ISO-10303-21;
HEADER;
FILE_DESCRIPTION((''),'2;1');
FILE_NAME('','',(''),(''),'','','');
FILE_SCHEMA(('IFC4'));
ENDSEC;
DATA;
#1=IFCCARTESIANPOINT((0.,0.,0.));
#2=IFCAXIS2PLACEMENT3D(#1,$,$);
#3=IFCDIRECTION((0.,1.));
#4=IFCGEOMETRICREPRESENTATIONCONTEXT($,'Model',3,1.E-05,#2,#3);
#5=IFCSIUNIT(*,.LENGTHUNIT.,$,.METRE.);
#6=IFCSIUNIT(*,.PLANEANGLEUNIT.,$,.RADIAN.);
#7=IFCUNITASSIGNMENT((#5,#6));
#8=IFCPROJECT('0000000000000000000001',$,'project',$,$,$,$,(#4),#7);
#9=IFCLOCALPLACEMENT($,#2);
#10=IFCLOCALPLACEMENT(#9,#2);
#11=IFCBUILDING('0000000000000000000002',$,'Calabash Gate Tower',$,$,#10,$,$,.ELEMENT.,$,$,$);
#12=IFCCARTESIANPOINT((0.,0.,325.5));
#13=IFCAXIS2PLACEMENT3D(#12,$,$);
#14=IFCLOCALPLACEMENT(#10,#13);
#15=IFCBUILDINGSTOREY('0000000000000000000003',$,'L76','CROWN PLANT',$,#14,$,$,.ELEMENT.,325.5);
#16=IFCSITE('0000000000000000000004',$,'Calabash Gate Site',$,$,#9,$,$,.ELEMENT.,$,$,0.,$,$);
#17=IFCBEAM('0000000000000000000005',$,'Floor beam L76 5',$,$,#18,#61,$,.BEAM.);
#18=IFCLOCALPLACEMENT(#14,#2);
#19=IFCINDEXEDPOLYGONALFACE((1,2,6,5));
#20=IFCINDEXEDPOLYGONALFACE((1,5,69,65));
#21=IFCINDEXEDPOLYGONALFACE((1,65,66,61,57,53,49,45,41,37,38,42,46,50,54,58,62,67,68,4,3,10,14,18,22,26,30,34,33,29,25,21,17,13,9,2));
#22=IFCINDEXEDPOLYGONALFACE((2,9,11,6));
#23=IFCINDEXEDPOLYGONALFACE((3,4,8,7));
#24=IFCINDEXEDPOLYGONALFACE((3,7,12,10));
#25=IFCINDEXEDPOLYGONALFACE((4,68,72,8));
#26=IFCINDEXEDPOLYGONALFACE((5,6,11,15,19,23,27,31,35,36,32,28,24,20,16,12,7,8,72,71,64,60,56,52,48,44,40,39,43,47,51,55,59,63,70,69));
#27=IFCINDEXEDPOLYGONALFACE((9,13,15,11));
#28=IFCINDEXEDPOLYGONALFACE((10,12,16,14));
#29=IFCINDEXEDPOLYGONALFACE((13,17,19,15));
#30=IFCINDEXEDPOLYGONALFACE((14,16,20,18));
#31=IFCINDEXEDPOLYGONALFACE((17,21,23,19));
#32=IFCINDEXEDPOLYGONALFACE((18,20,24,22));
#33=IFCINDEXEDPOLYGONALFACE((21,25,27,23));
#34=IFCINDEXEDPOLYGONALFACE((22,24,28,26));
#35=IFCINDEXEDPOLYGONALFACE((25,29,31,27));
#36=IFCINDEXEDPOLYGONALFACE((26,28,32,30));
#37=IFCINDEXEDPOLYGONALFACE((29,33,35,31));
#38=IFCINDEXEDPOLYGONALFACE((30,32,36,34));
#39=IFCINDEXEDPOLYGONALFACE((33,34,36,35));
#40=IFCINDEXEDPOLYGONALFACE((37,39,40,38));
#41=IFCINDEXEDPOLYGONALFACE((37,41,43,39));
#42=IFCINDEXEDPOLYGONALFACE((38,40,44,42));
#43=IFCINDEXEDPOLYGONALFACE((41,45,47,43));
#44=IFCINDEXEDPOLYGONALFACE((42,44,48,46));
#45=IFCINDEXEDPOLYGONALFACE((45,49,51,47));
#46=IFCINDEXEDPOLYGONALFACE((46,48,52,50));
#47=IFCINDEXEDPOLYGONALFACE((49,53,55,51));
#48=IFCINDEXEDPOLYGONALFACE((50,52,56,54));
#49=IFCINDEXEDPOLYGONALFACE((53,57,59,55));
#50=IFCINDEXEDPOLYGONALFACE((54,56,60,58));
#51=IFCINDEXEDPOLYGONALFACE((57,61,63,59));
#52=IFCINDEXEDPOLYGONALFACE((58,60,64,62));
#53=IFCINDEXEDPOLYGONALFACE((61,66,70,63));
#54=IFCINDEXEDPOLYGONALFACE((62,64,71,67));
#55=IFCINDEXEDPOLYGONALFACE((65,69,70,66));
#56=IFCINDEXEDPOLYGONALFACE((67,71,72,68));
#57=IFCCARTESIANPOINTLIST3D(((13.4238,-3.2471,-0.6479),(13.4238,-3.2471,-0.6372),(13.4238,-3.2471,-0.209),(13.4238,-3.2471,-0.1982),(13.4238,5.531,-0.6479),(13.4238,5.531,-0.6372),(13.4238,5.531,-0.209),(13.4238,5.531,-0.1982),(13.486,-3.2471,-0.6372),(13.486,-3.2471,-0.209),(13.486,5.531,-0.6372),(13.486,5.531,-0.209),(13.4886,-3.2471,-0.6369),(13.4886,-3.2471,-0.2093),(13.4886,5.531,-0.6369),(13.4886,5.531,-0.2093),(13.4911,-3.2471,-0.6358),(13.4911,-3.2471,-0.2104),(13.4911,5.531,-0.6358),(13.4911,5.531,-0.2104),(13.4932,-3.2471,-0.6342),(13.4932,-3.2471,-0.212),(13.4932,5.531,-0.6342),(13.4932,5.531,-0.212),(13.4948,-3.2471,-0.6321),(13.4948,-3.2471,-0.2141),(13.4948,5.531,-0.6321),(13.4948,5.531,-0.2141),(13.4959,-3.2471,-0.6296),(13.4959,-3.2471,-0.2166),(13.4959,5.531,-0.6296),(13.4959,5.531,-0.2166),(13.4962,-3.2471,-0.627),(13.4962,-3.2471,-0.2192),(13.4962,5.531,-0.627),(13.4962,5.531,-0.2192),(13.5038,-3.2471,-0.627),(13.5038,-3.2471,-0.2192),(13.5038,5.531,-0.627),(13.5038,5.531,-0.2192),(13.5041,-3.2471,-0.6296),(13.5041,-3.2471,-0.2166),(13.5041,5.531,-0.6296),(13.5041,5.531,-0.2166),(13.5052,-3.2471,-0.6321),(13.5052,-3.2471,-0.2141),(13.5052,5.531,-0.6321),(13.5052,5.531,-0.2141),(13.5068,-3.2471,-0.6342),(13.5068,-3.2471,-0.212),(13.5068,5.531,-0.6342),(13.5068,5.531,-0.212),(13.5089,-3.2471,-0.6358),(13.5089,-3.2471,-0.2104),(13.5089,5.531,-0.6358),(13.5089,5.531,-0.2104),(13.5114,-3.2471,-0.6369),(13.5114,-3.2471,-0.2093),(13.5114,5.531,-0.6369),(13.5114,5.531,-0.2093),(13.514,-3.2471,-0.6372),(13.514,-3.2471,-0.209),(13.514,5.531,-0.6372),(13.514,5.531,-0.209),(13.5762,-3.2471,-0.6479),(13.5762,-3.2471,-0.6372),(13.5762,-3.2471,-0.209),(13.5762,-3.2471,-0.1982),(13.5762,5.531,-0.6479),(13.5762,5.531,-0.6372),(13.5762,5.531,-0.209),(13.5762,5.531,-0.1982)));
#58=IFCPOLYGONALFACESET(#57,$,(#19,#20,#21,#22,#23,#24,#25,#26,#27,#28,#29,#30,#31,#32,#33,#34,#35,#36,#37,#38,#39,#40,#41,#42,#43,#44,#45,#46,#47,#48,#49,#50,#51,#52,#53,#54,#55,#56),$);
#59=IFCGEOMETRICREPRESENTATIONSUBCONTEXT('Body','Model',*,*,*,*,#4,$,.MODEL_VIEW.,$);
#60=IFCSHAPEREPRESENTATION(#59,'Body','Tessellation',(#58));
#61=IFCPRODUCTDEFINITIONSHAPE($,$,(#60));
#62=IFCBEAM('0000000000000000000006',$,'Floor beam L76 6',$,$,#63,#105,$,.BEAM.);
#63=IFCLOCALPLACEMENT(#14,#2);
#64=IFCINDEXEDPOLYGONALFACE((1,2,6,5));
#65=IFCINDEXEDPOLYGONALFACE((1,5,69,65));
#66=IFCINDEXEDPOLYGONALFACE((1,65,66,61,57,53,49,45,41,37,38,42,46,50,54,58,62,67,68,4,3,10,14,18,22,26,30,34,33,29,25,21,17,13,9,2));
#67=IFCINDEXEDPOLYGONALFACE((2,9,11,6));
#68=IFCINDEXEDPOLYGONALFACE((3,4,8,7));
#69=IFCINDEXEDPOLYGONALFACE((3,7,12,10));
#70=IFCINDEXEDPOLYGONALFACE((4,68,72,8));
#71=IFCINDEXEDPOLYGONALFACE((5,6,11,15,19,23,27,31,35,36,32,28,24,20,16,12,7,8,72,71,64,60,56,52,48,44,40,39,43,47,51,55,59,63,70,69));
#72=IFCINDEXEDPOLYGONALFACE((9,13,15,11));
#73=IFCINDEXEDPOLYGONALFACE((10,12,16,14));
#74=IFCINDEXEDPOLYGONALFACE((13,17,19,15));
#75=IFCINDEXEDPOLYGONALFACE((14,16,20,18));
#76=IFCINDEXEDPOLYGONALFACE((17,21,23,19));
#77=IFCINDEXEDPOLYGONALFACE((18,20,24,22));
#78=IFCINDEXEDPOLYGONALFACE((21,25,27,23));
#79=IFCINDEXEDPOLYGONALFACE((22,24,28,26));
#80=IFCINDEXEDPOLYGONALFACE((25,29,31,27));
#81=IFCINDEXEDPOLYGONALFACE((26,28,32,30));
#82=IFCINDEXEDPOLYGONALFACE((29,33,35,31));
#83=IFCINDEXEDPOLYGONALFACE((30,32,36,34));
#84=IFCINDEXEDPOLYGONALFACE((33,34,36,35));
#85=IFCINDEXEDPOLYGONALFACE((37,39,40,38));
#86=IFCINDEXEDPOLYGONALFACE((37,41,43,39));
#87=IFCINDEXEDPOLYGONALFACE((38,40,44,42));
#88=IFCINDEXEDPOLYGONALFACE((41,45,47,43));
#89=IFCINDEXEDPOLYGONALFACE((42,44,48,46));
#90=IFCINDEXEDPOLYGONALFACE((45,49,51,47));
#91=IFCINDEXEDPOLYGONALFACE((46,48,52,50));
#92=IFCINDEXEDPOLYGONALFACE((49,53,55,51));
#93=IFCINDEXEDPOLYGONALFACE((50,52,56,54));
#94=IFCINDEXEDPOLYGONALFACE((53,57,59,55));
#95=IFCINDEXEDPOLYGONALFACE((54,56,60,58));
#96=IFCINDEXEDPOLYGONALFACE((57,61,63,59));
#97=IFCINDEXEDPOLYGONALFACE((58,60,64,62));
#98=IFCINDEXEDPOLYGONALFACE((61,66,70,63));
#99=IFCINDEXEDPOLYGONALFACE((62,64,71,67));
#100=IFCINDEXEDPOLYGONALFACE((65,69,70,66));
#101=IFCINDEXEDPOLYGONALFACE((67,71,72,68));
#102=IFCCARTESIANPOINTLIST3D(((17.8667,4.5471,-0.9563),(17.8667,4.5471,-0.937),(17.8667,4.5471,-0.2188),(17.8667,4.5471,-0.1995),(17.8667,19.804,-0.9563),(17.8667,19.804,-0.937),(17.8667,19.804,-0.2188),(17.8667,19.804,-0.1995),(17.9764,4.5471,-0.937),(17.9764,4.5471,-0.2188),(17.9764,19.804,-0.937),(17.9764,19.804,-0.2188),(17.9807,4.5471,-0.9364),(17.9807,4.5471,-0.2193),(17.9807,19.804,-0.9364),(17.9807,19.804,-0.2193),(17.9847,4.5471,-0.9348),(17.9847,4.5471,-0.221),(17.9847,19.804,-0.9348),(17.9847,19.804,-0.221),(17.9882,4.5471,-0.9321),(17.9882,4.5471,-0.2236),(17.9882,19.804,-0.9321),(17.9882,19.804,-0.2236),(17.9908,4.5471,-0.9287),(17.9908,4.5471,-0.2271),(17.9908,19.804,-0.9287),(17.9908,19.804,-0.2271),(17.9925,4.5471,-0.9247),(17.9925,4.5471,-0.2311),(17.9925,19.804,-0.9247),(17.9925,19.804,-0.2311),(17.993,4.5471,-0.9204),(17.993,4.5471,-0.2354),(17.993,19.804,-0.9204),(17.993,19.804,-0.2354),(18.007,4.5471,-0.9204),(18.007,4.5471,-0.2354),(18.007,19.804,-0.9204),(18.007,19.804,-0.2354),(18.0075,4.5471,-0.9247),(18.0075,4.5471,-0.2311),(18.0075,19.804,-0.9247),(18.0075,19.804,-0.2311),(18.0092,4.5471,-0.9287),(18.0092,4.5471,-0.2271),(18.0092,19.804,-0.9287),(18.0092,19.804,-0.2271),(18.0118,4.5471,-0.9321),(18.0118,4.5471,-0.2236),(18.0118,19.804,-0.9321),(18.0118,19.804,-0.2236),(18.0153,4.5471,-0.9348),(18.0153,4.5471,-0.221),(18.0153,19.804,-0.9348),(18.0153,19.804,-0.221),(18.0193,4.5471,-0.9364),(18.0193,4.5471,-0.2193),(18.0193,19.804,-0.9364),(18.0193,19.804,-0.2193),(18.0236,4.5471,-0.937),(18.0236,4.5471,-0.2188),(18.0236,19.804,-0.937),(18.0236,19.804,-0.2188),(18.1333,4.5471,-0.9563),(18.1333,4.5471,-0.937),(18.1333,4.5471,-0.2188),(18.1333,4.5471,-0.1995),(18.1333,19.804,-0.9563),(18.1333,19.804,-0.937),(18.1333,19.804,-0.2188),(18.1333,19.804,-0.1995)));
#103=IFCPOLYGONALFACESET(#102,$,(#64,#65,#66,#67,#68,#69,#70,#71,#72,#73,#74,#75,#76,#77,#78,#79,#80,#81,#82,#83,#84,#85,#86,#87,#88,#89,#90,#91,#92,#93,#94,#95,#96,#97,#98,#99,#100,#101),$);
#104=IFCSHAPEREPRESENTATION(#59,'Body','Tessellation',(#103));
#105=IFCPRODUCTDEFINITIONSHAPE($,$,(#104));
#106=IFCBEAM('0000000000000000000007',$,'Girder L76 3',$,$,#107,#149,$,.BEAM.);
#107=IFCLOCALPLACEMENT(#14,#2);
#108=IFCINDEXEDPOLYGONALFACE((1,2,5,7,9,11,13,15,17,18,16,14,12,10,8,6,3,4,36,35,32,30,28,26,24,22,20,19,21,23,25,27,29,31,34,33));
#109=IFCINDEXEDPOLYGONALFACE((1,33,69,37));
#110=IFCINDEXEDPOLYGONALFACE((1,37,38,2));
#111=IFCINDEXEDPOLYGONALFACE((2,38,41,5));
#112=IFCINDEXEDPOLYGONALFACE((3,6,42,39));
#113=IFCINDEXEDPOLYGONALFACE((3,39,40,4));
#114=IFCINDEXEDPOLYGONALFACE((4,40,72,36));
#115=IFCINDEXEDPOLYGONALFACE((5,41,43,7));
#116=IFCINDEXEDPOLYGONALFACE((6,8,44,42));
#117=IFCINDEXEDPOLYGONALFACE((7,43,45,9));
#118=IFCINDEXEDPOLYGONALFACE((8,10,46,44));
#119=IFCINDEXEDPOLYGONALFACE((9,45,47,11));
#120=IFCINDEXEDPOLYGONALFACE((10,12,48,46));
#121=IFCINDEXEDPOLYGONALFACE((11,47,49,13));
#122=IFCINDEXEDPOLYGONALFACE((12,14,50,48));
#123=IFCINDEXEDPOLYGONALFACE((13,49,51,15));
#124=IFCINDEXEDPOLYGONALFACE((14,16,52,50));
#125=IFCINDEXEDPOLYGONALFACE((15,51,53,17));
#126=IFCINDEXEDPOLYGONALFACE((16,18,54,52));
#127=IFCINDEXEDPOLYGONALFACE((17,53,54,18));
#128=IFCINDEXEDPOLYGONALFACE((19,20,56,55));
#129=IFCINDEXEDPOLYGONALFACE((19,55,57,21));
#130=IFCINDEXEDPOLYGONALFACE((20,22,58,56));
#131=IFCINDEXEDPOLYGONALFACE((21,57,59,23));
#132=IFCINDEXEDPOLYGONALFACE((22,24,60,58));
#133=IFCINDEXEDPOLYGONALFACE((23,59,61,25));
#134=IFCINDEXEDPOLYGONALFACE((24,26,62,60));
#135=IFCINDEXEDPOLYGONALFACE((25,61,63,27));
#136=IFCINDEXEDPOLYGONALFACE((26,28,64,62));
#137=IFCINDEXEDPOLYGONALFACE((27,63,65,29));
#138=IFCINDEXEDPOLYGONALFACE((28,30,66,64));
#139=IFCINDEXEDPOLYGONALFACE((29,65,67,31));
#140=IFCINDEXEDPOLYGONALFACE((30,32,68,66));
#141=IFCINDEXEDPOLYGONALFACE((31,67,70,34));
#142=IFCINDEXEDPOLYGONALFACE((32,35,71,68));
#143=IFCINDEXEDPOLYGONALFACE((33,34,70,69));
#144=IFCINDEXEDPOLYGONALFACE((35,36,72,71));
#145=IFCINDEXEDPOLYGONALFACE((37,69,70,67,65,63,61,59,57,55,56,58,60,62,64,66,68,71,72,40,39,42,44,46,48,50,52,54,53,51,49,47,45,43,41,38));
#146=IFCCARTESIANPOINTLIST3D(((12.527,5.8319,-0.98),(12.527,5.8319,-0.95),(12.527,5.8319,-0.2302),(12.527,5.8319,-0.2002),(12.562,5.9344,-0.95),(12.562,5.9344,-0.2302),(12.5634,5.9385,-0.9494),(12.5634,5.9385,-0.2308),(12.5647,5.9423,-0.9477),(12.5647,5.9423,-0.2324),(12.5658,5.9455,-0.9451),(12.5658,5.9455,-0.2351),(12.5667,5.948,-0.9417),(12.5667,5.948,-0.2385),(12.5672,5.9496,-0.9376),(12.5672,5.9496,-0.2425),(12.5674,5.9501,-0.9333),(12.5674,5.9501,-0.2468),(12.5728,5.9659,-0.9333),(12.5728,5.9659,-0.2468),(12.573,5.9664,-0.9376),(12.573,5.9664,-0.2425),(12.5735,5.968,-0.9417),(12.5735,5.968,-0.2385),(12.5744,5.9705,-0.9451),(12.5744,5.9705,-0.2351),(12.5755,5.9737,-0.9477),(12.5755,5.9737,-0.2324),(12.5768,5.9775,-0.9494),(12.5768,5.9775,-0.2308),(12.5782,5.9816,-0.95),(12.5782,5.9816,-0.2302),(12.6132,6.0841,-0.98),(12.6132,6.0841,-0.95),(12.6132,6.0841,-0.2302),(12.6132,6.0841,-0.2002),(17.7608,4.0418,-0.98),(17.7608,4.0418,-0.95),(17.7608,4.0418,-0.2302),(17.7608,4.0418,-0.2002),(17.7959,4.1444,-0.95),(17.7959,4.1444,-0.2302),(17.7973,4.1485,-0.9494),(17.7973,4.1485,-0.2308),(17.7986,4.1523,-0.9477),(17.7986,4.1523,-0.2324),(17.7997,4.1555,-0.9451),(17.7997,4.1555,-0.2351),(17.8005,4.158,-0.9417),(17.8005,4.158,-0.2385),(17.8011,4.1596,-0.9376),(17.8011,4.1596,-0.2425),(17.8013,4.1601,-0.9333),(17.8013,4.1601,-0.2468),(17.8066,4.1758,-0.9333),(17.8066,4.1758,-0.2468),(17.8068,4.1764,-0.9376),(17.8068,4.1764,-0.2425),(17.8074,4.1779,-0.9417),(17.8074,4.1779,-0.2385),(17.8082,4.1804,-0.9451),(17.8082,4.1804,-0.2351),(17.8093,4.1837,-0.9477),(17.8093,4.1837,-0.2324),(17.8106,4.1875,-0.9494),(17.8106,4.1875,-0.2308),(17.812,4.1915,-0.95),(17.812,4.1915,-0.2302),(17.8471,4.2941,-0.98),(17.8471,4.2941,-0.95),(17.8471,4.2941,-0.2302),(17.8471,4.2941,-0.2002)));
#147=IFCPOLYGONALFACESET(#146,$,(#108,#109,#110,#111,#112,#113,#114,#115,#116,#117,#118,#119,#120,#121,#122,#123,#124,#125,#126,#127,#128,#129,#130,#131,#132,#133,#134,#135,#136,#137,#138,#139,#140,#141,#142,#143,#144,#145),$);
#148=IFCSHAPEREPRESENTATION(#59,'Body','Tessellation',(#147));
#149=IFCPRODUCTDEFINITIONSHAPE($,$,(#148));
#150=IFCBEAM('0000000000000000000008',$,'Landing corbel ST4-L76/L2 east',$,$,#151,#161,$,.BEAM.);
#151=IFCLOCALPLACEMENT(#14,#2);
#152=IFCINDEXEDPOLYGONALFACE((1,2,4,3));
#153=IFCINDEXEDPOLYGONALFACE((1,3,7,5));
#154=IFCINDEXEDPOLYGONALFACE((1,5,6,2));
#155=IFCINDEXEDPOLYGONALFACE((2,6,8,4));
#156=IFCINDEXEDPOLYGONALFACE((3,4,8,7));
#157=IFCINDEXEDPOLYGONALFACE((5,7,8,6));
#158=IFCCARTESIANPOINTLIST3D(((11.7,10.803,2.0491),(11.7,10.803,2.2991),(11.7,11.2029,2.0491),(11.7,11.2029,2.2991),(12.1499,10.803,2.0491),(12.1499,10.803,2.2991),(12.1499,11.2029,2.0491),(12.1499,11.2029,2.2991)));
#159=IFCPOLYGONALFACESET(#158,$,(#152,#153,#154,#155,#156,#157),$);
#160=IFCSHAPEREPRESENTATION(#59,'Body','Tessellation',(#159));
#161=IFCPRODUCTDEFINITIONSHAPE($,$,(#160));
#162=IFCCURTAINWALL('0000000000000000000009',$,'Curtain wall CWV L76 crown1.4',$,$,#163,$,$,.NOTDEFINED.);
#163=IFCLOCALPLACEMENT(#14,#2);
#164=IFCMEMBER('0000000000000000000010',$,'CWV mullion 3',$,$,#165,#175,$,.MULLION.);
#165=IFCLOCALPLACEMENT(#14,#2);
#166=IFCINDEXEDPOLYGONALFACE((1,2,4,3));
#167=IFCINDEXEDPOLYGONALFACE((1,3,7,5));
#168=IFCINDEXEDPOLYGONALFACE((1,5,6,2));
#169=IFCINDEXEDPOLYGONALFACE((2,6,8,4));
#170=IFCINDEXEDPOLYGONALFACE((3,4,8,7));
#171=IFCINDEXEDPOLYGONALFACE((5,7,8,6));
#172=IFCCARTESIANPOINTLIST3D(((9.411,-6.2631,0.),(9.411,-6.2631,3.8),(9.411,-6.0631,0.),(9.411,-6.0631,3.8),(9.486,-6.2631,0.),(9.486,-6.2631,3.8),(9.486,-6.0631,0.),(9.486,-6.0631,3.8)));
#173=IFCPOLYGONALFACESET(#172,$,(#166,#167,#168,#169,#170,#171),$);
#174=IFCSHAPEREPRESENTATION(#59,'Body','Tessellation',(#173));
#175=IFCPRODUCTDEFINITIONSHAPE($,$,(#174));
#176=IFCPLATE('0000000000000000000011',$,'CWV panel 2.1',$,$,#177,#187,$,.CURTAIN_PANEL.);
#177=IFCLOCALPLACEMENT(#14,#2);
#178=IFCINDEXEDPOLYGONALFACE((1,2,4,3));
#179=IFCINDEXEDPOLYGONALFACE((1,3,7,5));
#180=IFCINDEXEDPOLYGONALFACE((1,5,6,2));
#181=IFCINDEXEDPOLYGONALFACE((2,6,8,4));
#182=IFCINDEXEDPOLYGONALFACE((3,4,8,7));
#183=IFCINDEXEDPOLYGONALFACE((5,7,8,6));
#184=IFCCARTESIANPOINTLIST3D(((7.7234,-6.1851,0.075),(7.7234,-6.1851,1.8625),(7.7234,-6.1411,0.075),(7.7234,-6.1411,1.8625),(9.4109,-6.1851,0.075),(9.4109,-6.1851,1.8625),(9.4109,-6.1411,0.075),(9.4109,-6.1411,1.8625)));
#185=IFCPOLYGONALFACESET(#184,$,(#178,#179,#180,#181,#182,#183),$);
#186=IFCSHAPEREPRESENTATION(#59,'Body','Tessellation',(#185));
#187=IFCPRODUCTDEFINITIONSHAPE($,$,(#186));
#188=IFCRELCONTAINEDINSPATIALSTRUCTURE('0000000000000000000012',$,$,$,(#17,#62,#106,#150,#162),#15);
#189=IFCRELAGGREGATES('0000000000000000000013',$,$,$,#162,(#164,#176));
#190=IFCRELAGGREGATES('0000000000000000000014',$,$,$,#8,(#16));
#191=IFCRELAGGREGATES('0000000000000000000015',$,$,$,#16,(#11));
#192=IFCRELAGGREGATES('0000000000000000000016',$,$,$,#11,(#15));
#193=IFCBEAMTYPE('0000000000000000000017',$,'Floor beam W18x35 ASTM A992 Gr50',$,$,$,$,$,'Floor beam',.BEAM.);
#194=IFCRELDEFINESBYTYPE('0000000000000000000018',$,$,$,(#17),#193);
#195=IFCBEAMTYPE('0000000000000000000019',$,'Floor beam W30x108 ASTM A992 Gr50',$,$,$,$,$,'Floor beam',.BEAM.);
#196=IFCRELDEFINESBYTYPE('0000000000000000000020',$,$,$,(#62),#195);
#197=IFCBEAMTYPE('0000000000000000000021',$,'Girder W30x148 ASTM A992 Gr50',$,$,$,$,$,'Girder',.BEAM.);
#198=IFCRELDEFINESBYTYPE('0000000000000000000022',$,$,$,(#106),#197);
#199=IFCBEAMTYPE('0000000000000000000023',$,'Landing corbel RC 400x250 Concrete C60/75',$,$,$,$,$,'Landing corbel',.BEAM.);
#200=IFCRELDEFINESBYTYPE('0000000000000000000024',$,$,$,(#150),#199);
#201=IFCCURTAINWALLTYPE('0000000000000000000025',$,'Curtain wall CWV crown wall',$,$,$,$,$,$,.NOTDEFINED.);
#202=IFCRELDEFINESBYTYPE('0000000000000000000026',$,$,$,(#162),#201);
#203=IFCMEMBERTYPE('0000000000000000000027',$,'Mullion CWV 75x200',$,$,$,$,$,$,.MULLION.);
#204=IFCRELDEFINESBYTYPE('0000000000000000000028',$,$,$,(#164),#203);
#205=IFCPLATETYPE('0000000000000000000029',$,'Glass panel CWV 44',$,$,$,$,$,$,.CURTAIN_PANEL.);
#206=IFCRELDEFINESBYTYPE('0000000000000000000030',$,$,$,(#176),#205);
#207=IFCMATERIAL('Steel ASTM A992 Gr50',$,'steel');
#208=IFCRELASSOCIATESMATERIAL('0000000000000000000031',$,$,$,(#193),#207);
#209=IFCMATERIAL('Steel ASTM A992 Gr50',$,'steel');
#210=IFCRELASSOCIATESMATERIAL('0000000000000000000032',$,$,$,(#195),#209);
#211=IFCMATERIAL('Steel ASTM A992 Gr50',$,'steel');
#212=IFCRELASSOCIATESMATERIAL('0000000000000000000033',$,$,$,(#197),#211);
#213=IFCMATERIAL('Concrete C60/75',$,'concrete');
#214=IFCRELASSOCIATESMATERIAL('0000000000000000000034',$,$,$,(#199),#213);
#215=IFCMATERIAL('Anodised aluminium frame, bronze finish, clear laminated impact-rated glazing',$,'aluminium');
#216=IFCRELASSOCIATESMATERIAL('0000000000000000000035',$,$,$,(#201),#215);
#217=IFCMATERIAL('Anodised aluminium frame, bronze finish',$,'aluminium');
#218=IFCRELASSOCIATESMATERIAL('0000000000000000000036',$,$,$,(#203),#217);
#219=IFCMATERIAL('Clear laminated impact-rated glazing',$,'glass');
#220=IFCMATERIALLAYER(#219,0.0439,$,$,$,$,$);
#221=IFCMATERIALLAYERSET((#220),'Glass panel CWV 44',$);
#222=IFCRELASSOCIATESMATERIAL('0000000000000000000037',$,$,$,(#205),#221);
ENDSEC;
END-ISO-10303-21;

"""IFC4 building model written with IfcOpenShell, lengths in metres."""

from ifc_helpers import new_model, si_unit, direction, frame, origin, origin_2d, place, context, subcontext, project, spatial, rectangle, i_section, extrude, material, layer, layer_set, material_profile, profile_set, type_object, element, aggregate, save


model = new_model("IFC4")

# Units and contexts
model_context = context("Model", 3, precision=1e-05, world=origin(), true_north=direction((0.0, 1.0)))
body_context = subcontext(model_context, "Body", "Model", "MODEL_VIEW")
ifc_project = project(units=[si_unit("LENGTHUNIT", "METRE"), si_unit("PLANEANGLEUNIT", "RADIAN")], contexts=[model_context])

# Site, building, storey
site_placement = place(None, origin())
site = spatial("IfcSite", under=ifc_project, at=site_placement, Name="Calabash Gate Site", CompositionType="ELEMENT", RefElevation=0.0)
building_placement = place(site_placement, origin())
building = spatial("IfcBuilding", under=site, at=building_placement, Name="Calabash Gate Tower", CompositionType="ELEMENT")
storey_placement = place(building_placement, frame((0.0, 0.0, 325.5)))
storey = spatial("IfcBuildingStorey", under=building, at=storey_placement, Name="L76", Description="CROWN PLANT", CompositionType="ELEMENT", Elevation=325.5)

# Beams
ifc_material_1 = material(Name="Steel ASTM A992 Gr50", Category="steel")
ifc_material_profile_1 = material_profile(ifc_material_1, i_section(OverallWidth=0.1523, OverallDepth=0.4497, WebThickness=0.0076, FlangeThickness=0.0107, FilletRadius=0.0103, at=origin_2d()))
ifc_profile_set_1 = profile_set([ifc_material_profile_1], Name="Steel ASTM A992 Gr50")
beam_type_1 = type_object("IfcBeamType", Name="Floor beam W18x35 ASTM A992 Gr50", ElementType="Floor beam", PredefinedType="BEAM", material=ifc_profile_set_1)
beam_1_placement = place(storey_placement, frame((13.5, -3.2471, -0.4231), z_axis=(0.0, 1.0, 0.0), x_axis=(-1.0, 0.0, 0.0)))
element("IfcBeam", 1, at=beam_1_placement, inside=storey, type_object=beam_type_1, Name="Floor beam L76 5", PredefinedType="BEAM", context=body_context, shape_type="SweptSolid", body=[
    extrude(i_section(OverallWidth=0.1523, OverallDepth=0.4497, WebThickness=0.0076, FlangeThickness=0.0107, FilletRadius=0.0103, at=origin_2d()), origin(), (0.0, 0.0, 1.0), 8.7781),
])
ifc_material_2 = material(Name="Steel ASTM A992 Gr50", Category="steel")
ifc_material_profile_2 = material_profile(ifc_material_2, i_section(OverallWidth=0.2666, OverallDepth=0.7568, WebThickness=0.0139, FlangeThickness=0.0193, FilletRadius=0.0166, at=origin_2d()))
ifc_profile_set_2 = profile_set([ifc_material_profile_2], Name="Steel ASTM A992 Gr50")
beam_type_2 = type_object("IfcBeamType", Name="Floor beam W30x108 ASTM A992 Gr50", ElementType="Floor beam", PredefinedType="BEAM", material=ifc_profile_set_2)
beam_2_placement = place(storey_placement, frame((18.0, 4.5471, -0.5779), z_axis=(0.0, 1.0, 0.0), x_axis=(-1.0, 0.0, 0.0)))
element("IfcBeam", 2, at=beam_2_placement, inside=storey, type_object=beam_type_2, Name="Floor beam L76 6", PredefinedType="BEAM", context=body_context, shape_type="SweptSolid", body=[
    extrude(i_section(OverallWidth=0.2666, OverallDepth=0.7568, WebThickness=0.0139, FlangeThickness=0.0193, FilletRadius=0.0166, at=origin_2d()), origin(), (0.0, 0.0, 1.0), 15.2568),
])
ifc_material_3 = material(Name="Steel ASTM A992 Gr50", Category="steel")
ifc_material_profile_3 = material_profile(ifc_material_3, i_section(OverallWidth=0.2666, OverallDepth=0.7798, WebThickness=0.0166, FlangeThickness=0.03, FilletRadius=0.0166, at=origin_2d()))
ifc_profile_set_3 = profile_set([ifc_material_profile_3], Name="Steel ASTM A992 Gr50")
beam_type_3 = type_object("IfcBeamType", Name="Girder W30x148 ASTM A992 Gr50", ElementType="Girder", PredefinedType="BEAM", material=ifc_profile_set_3)
beam_3_placement = place(storey_placement, frame((17.804, 4.168, -0.5901), z_axis=(-0.946192, 0.323607, 0.0), x_axis=(-0.323607, -0.946192, 0.0)))
element("IfcBeam", 3, at=beam_3_placement, inside=storey, type_object=beam_type_3, Name="Girder L76 3", PredefinedType="BEAM", context=body_context, shape_type="SweptSolid", body=[
    extrude(i_section(OverallWidth=0.2666, OverallDepth=0.7798, WebThickness=0.0166, FlangeThickness=0.03, FilletRadius=0.0166, at=origin_2d()), origin(), (0.0, 0.0, 1.0), 5.5315),
])
ifc_material_4 = material(Name="Concrete C60/75", Category="concrete")
ifc_material_profile_4 = material_profile(ifc_material_4, rectangle(XDim=0.3999, YDim=0.25, at=origin_2d()))
ifc_profile_set_4 = profile_set([ifc_material_profile_4], Name="Concrete C60/75")
beam_type_4 = type_object("IfcBeamType", Name="Landing corbel RC 400x250 Concrete C60/75", ElementType="Landing corbel", PredefinedType="BEAM", material=ifc_profile_set_4)
beam_4_placement = place(storey_placement, frame((12.1499, 11.0029, 2.1741), z_axis=(-1.0, 0.0, 0.0), x_axis=(0.0, -1.0, 0.0)))
element("IfcBeam", 4, at=beam_4_placement, inside=storey, type_object=beam_type_4, Name="Landing corbel ST4-L76/L2 east", PredefinedType="BEAM", context=body_context, shape_type="SweptSolid", body=[
    extrude(rectangle(XDim=0.3999, YDim=0.25, at=origin_2d()), origin(), (0.0, 0.0, 1.0), 0.45),
])

# Curtain wall, member, plate
ifc_material_5 = material(Name="Anodised aluminium frame, bronze finish, clear laminated impact-rated glazing", Category="aluminium")
curtain_wall_type = type_object("IfcCurtainWallType", Name="Curtain wall CWV crown wall", PredefinedType="NOTDEFINED", material=ifc_material_5)
curtain_wall_placement = place(storey_placement, origin())
curtain_wall = element("IfcCurtainWall", 5, at=curtain_wall_placement, inside=storey, type_object=curtain_wall_type, Name="Curtain wall CWV L76 crown1.4", PredefinedType="NOTDEFINED")
ifc_material_6 = material(Name="Anodised aluminium frame, bronze finish", Category="aluminium")
ifc_material_profile_5 = material_profile(ifc_material_6, rectangle(XDim=0.2, YDim=0.075, at=origin_2d()))
ifc_profile_set_5 = profile_set([ifc_material_profile_5], Name="Anodised aluminium frame, bronze finish")
member_type = type_object("IfcMemberType", Name="Mullion CWV 75x200", PredefinedType="MULLION", material=ifc_profile_set_5)
member_placement = place(storey_placement, frame((9.4485, -6.1631, 0.0), z_axis=(0.0, 0.0, 1.0), x_axis=(0.0, 1.0, 0.0)))
member = element("IfcMember", 6, at=member_placement, type_object=member_type, Name="CWV mullion 3", PredefinedType="MULLION", context=body_context, shape_type="SweptSolid", body=[
    extrude(rectangle(XDim=0.2, YDim=0.075, at=origin_2d()), origin(), (0.0, 0.0, 1.0), 3.8),
])
ifc_material_7 = material(Name="Clear laminated impact-rated glazing", Category="glass")
ifc_layer_1 = layer(ifc_material_7, 0.0439)
ifc_layer_set_1 = layer_set([ifc_layer_1], Name="Glass panel CWV 44")
plate_type = type_object("IfcPlateType", Name="Glass panel CWV 44", PredefinedType="CURTAIN_PANEL", material=ifc_layer_set_1)
plate_1_placement = place(storey_placement, frame((8.5671, -6.1631, 0.075), z_axis=(0.0, 0.0, 1.0), x_axis=(1.0, 0.0, 0.0)))
plate_1 = element("IfcPlate", 7, at=plate_1_placement, type_object=plate_type, Name="CWV panel 2.1", PredefinedType="CURTAIN_PANEL", context=body_context, shape_type="SweptSolid", body=[
    extrude(rectangle(XDim=1.6875, YDim=0.0439, at=origin_2d()), origin(), (0.0, 0.0, 1.0), 1.7876),
])
aggregate(curtain_wall, [member, plate_1])

save(model, "model.ifc")
